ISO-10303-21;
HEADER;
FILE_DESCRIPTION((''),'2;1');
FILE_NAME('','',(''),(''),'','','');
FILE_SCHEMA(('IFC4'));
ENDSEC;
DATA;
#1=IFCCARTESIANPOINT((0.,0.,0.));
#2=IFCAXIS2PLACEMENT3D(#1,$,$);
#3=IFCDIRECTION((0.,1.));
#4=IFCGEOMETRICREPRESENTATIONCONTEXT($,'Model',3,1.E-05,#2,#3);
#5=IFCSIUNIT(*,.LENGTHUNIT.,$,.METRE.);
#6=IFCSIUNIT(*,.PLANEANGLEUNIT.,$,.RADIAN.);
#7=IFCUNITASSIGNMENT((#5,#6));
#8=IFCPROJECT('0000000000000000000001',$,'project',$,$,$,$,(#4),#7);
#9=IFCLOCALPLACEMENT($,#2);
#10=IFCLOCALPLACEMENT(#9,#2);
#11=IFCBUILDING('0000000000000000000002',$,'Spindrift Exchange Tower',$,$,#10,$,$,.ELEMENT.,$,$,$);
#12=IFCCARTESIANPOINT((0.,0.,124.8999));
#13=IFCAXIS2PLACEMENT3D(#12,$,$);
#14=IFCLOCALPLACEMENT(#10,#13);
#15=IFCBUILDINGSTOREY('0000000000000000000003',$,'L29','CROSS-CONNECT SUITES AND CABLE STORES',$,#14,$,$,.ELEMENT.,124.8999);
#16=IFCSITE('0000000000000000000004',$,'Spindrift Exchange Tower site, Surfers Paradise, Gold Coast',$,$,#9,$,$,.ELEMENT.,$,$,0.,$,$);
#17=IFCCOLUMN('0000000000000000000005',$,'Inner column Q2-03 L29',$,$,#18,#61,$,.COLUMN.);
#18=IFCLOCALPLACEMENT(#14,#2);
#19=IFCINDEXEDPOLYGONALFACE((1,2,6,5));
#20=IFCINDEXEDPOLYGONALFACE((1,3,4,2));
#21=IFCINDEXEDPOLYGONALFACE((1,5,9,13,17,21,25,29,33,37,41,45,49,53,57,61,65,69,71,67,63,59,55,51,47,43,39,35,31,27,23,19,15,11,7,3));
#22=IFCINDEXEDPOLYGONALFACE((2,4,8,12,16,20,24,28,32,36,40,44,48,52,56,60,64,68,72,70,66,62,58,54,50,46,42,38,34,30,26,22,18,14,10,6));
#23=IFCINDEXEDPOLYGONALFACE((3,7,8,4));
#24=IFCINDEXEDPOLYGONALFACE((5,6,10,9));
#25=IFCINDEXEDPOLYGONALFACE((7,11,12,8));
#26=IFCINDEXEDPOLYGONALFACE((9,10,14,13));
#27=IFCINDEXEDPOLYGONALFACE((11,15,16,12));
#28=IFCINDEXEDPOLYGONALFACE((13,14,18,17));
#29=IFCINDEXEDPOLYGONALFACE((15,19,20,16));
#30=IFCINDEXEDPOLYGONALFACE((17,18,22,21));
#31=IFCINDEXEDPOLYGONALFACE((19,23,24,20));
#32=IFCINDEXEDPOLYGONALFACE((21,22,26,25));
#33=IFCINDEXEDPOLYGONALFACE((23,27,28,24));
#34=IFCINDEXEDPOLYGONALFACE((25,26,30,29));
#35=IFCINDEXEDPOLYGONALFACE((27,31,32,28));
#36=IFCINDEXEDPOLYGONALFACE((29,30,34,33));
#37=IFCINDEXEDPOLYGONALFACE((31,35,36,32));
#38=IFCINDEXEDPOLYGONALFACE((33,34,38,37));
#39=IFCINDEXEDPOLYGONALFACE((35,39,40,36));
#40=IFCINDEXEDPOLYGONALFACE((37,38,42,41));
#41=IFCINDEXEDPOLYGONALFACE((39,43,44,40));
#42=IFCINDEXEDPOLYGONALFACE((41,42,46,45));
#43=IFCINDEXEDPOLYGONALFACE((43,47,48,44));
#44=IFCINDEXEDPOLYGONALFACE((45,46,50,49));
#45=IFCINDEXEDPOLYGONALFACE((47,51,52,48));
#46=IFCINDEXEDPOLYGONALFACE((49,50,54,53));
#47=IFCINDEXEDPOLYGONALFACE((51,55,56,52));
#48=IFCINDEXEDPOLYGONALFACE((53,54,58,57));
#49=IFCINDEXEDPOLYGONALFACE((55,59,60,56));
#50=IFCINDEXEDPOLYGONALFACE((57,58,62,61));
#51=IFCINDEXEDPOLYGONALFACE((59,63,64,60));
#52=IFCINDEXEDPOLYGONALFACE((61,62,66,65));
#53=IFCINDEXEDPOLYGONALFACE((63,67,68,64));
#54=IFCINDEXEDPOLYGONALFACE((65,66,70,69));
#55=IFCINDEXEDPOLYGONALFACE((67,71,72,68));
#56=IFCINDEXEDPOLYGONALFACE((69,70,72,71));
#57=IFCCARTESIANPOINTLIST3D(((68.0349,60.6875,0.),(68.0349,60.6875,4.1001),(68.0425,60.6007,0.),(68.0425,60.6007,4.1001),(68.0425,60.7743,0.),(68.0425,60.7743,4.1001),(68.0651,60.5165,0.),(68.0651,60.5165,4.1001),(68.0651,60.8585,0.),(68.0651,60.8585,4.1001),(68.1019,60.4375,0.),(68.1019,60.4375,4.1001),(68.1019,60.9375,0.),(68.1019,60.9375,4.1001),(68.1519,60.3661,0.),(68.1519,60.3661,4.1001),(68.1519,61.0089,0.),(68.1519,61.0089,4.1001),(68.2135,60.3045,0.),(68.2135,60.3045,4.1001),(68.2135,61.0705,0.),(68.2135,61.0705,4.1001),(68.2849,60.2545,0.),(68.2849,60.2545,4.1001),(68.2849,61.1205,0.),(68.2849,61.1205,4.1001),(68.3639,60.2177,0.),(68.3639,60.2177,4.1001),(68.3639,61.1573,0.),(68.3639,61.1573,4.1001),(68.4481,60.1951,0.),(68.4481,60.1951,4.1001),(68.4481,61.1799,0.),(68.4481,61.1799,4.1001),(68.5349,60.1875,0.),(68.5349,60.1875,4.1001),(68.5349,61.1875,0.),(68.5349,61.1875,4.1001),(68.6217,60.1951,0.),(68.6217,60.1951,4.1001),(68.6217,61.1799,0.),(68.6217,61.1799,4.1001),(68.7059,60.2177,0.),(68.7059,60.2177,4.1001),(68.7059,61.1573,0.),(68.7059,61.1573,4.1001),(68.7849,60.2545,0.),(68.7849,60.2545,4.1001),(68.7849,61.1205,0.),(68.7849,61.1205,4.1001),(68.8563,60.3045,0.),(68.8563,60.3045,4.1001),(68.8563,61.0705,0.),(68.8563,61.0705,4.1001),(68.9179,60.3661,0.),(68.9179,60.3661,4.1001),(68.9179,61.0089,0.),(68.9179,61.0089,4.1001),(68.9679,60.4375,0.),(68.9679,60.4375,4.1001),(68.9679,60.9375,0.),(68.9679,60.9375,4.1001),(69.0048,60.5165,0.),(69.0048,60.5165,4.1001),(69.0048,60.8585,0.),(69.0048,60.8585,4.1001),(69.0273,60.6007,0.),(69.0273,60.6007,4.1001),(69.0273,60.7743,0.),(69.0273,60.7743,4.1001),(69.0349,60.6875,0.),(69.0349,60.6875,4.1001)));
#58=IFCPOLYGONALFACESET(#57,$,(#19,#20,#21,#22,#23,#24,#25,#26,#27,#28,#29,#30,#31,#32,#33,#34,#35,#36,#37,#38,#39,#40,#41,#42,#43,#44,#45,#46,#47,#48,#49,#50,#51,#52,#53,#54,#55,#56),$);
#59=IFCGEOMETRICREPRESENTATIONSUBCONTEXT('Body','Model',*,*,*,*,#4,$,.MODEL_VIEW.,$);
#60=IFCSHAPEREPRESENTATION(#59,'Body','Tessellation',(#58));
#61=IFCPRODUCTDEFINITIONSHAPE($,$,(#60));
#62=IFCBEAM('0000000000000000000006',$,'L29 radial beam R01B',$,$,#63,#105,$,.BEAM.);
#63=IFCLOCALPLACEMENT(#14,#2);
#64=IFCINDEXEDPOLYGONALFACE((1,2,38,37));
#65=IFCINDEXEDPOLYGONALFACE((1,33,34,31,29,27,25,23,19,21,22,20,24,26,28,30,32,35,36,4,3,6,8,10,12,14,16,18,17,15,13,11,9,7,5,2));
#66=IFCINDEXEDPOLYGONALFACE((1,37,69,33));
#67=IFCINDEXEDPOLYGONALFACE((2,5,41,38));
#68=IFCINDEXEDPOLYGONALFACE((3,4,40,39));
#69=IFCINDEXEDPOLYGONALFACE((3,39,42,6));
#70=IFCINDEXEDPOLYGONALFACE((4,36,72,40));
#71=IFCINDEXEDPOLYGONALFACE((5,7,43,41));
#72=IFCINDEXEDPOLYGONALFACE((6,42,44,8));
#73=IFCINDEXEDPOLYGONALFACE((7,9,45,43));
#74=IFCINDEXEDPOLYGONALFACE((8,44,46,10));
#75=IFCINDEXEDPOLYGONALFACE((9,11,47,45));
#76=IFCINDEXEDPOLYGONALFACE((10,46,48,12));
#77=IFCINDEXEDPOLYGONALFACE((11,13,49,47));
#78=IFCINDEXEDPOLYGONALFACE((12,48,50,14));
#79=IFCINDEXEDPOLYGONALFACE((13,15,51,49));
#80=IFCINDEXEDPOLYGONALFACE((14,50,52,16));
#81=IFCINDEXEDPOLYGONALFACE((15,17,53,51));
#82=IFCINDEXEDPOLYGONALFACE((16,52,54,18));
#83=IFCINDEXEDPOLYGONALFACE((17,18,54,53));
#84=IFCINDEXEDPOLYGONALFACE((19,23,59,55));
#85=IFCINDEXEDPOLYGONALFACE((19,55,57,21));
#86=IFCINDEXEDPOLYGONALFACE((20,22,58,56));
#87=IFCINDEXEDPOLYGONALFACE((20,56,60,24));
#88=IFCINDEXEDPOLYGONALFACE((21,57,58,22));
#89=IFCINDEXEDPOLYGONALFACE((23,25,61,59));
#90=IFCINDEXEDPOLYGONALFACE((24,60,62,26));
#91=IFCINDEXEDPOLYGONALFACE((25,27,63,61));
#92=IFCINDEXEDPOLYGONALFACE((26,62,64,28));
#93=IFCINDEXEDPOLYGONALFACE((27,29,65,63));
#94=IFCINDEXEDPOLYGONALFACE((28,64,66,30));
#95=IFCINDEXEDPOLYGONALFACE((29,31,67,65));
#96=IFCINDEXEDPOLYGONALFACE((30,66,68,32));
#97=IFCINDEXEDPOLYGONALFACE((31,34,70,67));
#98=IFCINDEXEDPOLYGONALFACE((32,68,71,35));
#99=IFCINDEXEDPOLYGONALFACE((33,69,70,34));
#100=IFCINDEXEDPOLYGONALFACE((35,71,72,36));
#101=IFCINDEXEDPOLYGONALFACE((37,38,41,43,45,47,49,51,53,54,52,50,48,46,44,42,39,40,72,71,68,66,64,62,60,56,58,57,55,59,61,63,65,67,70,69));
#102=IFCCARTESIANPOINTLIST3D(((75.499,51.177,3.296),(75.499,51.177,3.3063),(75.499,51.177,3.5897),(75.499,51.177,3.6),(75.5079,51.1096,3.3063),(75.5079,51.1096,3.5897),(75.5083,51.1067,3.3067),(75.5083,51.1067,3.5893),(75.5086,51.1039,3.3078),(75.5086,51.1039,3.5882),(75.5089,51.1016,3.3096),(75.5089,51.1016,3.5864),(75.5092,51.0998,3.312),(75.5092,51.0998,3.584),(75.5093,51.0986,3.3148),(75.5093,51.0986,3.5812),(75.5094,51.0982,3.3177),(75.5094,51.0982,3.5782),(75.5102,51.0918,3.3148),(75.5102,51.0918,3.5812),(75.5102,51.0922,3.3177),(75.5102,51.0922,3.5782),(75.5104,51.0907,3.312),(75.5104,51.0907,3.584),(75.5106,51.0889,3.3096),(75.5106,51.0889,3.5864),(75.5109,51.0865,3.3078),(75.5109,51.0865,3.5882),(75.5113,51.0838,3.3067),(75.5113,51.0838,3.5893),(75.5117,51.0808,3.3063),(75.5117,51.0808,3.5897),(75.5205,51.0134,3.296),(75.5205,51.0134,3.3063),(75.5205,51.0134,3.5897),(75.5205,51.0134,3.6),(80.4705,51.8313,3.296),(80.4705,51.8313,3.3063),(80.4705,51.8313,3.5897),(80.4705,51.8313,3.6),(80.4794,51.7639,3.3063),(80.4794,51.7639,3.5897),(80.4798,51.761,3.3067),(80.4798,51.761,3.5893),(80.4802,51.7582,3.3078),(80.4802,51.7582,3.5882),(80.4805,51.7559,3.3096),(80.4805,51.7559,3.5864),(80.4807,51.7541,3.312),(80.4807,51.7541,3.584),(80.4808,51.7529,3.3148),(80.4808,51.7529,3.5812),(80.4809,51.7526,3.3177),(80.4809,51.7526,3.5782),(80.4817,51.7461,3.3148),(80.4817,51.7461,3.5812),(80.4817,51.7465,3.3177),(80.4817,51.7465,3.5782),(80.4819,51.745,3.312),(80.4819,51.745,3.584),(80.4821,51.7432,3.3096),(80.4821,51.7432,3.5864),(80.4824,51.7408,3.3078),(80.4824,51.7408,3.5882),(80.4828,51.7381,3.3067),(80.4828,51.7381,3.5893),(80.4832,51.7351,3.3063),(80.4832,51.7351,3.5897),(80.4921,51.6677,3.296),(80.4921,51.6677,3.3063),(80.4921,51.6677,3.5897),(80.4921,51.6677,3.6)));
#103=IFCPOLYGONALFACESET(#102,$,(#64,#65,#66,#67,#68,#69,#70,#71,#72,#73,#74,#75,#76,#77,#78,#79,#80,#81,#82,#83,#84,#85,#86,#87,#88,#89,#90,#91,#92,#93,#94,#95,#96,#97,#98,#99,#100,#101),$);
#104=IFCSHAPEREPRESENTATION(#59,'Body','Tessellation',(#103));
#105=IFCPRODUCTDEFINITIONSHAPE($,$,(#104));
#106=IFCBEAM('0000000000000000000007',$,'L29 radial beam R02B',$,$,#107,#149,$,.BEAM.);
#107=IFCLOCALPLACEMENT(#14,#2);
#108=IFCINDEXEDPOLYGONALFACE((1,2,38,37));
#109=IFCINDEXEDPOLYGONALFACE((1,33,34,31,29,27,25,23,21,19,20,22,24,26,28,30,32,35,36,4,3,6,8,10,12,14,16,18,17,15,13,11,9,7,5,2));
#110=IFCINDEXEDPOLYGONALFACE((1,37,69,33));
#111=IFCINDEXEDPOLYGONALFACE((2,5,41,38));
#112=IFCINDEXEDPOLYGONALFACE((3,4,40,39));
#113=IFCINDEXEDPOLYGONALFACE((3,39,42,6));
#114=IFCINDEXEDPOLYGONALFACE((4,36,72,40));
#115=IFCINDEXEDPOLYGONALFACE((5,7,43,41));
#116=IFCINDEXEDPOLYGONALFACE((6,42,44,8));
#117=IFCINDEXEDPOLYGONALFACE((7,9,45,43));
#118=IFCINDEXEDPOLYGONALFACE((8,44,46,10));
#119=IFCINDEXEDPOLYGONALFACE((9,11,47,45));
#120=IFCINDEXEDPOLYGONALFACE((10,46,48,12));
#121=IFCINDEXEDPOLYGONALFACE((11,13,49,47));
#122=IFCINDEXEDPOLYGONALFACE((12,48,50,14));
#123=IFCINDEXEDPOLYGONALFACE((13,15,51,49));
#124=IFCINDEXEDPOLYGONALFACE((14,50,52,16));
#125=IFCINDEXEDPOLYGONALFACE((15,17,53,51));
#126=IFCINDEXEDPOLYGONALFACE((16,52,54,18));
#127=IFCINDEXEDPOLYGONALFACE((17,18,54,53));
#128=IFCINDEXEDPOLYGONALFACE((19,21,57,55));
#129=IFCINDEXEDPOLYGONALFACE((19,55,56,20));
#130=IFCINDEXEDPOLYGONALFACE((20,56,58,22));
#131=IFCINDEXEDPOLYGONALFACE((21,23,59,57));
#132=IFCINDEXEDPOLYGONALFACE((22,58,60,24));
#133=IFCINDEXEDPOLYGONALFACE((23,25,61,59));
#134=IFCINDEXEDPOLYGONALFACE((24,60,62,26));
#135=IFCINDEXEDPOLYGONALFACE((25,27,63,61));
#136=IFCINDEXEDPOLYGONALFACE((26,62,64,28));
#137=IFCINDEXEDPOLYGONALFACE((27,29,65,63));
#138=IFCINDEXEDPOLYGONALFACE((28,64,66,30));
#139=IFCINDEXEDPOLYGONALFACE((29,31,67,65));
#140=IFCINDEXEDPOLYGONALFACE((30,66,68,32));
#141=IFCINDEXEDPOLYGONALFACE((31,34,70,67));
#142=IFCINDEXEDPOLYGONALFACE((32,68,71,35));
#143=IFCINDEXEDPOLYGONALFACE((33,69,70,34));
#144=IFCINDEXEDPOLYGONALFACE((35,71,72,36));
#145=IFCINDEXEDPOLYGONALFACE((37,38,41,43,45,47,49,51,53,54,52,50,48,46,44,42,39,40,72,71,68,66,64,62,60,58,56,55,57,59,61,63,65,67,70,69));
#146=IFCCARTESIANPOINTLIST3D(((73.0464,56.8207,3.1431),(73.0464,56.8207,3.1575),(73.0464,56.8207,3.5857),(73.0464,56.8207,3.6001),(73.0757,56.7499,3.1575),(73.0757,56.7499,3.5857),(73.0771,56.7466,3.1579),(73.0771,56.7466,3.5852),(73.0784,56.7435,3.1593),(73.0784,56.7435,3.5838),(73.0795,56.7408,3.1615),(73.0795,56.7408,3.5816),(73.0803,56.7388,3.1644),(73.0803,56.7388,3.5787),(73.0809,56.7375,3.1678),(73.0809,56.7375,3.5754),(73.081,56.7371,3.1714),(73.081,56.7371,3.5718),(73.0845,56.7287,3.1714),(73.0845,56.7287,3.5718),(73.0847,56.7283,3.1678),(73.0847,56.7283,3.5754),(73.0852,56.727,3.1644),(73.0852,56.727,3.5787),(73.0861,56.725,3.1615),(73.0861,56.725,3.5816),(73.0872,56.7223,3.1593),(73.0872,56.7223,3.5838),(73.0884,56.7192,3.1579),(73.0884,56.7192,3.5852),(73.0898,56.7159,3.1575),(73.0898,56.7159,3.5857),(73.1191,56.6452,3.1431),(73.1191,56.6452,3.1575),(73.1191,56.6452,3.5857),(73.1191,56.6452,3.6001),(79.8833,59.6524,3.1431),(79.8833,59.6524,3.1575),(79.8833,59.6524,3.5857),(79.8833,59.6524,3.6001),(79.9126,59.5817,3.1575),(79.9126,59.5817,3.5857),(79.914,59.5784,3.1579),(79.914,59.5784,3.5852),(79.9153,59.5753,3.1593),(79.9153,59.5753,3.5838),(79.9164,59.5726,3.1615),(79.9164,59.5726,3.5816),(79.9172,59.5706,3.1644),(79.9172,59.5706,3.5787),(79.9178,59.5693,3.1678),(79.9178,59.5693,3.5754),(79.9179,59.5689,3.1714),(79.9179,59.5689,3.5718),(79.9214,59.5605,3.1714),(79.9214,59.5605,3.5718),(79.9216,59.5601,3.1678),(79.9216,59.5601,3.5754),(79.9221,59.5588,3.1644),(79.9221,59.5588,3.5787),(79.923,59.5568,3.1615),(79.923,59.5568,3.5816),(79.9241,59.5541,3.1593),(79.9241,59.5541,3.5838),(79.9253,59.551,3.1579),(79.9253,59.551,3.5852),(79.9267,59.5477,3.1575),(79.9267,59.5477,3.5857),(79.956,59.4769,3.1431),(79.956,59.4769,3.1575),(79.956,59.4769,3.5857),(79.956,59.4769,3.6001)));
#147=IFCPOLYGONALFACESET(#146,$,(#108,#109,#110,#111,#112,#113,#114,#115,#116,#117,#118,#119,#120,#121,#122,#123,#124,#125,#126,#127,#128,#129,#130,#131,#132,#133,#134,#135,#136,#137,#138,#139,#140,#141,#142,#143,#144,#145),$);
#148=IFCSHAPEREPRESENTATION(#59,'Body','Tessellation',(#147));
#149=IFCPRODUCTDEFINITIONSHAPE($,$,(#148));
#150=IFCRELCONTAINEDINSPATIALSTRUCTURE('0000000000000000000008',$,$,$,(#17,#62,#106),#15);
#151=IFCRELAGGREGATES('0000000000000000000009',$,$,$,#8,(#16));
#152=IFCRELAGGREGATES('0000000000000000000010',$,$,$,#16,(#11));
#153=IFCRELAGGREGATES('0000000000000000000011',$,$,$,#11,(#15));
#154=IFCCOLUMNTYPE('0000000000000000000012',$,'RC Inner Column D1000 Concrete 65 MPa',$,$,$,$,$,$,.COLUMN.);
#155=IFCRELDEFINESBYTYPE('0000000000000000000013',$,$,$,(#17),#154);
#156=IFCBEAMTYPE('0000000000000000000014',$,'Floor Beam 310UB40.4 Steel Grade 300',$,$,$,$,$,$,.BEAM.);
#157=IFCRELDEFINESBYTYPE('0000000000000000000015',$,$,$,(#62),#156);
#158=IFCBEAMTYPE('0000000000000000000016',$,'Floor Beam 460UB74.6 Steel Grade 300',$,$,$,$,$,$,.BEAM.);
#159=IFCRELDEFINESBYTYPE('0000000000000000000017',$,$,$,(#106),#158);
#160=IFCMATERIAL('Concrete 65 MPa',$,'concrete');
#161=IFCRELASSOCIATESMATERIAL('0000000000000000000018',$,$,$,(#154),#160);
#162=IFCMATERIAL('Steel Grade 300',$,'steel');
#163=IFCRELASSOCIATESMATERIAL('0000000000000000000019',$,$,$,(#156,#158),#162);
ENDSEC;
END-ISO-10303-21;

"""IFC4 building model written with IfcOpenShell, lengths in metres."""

from ifc_helpers import new_model, si_unit, direction, frame, origin, origin_2d, place, context, subcontext, project, spatial, circle, i_section, extrude, source, transform, mapped, material, material_profile, profile_set, type_object, element, save


model = new_model("IFC4")

# Units and contexts
model_context = context("Model", 3, precision=1e-05, world=origin(), true_north=direction((0.0, 1.0)))
body_context = subcontext(model_context, "Body", "Model", "MODEL_VIEW")
ifc_project = project(units=[si_unit("LENGTHUNIT", "METRE"), si_unit("PLANEANGLEUNIT", "RADIAN")], contexts=[model_context])

# Site, building, storey
site_placement = place(None, origin())
site = spatial("IfcSite", under=ifc_project, at=site_placement, Name="Spindrift Exchange Tower site, Surfers Paradise, Gold Coast", CompositionType="ELEMENT", RefElevation=0.0)
building_placement = place(site_placement, origin())
building = spatial("IfcBuilding", under=site, at=building_placement, Name="Spindrift Exchange Tower", CompositionType="ELEMENT")
storey_placement = place(building_placement, frame((0.0, 0.0, 124.8999)))
storey = spatial("IfcBuildingStorey", under=building, at=storey_placement, Name="L29", Description="CROSS-CONNECT SUITES AND CABLE STORES", CompositionType="ELEMENT", Elevation=124.8999)

# Column
ifc_material_1 = material(Name="Concrete 65 MPa", Category="concrete")
ifc_material_profile_1 = material_profile(ifc_material_1, circle(Radius=0.5, at=origin_2d()), Name="RC D1000")
ifc_profile_set_1 = profile_set([ifc_material_profile_1], Name="Concrete 65 MPa")
column_type_1 = type_object("IfcColumnType", Name="RC Inner Column D1000 Concrete 65 MPa", PredefinedType="COLUMN", material=ifc_profile_set_1)
shared_shape_1 = source(origin(), body_context, "Body", "SweptSolid", [
    extrude(circle(Radius=0.5, at=origin_2d()), origin(), (0.0, 0.0, 1.0), 4.1001),
])
for number, where, z_axis, x_axis, name in (
    (1, (68.5349, 60.6875, 0.0), (0.0, 0.0, 1.0), (1.0, 0.0, 0.0), "Inner column Q2-03 L29"),
):
    element("IfcColumn", number, at=place(storey_placement, frame(where, z_axis=z_axis, x_axis=x_axis)), inside=storey, type_object=column_type_1, Name=name, PredefinedType="COLUMN", context=body_context, shape_type="MappedRepresentation", body=[
        mapped(shared_shape_1, transform((0.0, 0.0, 0.0), scale=1.0)),
    ])

# Beams
ifc_material_2 = material(Name="Steel Grade 300", Category="steel")
ifc_material_profile_2 = material_profile(ifc_material_2, i_section(OverallWidth=0.165, OverallDepth=0.304, WebThickness=0.0061, FlangeThickness=0.0103, FilletRadius=0.0115, at=origin_2d()), Name="310UB40.4")
ifc_profile_set_2 = profile_set([ifc_material_profile_2], Name="Steel Grade 300")
beam_type_1 = type_object("IfcBeamType", Name="Floor Beam 310UB40.4 Steel Grade 300", PredefinedType="BEAM", material=ifc_profile_set_2)
shared_shape_2 = source(origin(), body_context, "Body", "SweptSolid", [
    extrude(i_section(OverallWidth=0.165, OverallDepth=0.304, WebThickness=0.0061, FlangeThickness=0.0103, FilletRadius=0.0115, at=origin_2d()), origin(), (0.0, 0.0, 1.0), 5.0144),
])
beam_1_placement = place(storey_placement, frame((75.5098, 51.0952, 3.448), z_axis=(0.99145, 0.130486, 0.0), x_axis=(-0.130486, 0.99145, 0.0)))
element("IfcBeam", 2, at=beam_1_placement, inside=storey, type_object=beam_type_1, Name="L29 radial beam R01B", PredefinedType="BEAM", context=body_context, shape_type="MappedRepresentation", body=[
    mapped(shared_shape_2, transform((0.0, 0.0, 0.0), scale=1.0)),
])
ifc_material_profile_3 = material_profile(ifc_material_2, i_section(OverallWidth=0.1899, OverallDepth=0.457, WebThickness=0.009, FlangeThickness=0.0144, FilletRadius=0.0139, at=origin_2d()), Name="460UB74.6")
ifc_profile_set_3 = profile_set([ifc_material_profile_3], Name="Steel Grade 300")
beam_type_2 = type_object("IfcBeamType", Name="Floor Beam 460UB74.6 Steel Grade 300", PredefinedType="BEAM", material=ifc_profile_set_3)
shared_shape_3 = source(origin(), body_context, "Body", "SweptSolid", [
    extrude(i_section(OverallWidth=0.1899, OverallDepth=0.457, WebThickness=0.009, FlangeThickness=0.0144, FilletRadius=0.0139, at=origin_2d()), origin(), (0.0, 0.0, 1.0), 7.4001),
])
beam_2_placement = place(storey_placement, frame((73.0828, 56.7329, 3.3716), z_axis=(0.923887, 0.382666, 0.0), x_axis=(-0.382666, 0.923887, 0.0)))
element("IfcBeam", 3, at=beam_2_placement, inside=storey, type_object=beam_type_2, Name="L29 radial beam R02B", PredefinedType="BEAM", context=body_context, shape_type="MappedRepresentation", body=[
    mapped(shared_shape_3, transform((0.0, 0.0, 0.0), scale=1.0)),
])

save(model, "model.ifc")
